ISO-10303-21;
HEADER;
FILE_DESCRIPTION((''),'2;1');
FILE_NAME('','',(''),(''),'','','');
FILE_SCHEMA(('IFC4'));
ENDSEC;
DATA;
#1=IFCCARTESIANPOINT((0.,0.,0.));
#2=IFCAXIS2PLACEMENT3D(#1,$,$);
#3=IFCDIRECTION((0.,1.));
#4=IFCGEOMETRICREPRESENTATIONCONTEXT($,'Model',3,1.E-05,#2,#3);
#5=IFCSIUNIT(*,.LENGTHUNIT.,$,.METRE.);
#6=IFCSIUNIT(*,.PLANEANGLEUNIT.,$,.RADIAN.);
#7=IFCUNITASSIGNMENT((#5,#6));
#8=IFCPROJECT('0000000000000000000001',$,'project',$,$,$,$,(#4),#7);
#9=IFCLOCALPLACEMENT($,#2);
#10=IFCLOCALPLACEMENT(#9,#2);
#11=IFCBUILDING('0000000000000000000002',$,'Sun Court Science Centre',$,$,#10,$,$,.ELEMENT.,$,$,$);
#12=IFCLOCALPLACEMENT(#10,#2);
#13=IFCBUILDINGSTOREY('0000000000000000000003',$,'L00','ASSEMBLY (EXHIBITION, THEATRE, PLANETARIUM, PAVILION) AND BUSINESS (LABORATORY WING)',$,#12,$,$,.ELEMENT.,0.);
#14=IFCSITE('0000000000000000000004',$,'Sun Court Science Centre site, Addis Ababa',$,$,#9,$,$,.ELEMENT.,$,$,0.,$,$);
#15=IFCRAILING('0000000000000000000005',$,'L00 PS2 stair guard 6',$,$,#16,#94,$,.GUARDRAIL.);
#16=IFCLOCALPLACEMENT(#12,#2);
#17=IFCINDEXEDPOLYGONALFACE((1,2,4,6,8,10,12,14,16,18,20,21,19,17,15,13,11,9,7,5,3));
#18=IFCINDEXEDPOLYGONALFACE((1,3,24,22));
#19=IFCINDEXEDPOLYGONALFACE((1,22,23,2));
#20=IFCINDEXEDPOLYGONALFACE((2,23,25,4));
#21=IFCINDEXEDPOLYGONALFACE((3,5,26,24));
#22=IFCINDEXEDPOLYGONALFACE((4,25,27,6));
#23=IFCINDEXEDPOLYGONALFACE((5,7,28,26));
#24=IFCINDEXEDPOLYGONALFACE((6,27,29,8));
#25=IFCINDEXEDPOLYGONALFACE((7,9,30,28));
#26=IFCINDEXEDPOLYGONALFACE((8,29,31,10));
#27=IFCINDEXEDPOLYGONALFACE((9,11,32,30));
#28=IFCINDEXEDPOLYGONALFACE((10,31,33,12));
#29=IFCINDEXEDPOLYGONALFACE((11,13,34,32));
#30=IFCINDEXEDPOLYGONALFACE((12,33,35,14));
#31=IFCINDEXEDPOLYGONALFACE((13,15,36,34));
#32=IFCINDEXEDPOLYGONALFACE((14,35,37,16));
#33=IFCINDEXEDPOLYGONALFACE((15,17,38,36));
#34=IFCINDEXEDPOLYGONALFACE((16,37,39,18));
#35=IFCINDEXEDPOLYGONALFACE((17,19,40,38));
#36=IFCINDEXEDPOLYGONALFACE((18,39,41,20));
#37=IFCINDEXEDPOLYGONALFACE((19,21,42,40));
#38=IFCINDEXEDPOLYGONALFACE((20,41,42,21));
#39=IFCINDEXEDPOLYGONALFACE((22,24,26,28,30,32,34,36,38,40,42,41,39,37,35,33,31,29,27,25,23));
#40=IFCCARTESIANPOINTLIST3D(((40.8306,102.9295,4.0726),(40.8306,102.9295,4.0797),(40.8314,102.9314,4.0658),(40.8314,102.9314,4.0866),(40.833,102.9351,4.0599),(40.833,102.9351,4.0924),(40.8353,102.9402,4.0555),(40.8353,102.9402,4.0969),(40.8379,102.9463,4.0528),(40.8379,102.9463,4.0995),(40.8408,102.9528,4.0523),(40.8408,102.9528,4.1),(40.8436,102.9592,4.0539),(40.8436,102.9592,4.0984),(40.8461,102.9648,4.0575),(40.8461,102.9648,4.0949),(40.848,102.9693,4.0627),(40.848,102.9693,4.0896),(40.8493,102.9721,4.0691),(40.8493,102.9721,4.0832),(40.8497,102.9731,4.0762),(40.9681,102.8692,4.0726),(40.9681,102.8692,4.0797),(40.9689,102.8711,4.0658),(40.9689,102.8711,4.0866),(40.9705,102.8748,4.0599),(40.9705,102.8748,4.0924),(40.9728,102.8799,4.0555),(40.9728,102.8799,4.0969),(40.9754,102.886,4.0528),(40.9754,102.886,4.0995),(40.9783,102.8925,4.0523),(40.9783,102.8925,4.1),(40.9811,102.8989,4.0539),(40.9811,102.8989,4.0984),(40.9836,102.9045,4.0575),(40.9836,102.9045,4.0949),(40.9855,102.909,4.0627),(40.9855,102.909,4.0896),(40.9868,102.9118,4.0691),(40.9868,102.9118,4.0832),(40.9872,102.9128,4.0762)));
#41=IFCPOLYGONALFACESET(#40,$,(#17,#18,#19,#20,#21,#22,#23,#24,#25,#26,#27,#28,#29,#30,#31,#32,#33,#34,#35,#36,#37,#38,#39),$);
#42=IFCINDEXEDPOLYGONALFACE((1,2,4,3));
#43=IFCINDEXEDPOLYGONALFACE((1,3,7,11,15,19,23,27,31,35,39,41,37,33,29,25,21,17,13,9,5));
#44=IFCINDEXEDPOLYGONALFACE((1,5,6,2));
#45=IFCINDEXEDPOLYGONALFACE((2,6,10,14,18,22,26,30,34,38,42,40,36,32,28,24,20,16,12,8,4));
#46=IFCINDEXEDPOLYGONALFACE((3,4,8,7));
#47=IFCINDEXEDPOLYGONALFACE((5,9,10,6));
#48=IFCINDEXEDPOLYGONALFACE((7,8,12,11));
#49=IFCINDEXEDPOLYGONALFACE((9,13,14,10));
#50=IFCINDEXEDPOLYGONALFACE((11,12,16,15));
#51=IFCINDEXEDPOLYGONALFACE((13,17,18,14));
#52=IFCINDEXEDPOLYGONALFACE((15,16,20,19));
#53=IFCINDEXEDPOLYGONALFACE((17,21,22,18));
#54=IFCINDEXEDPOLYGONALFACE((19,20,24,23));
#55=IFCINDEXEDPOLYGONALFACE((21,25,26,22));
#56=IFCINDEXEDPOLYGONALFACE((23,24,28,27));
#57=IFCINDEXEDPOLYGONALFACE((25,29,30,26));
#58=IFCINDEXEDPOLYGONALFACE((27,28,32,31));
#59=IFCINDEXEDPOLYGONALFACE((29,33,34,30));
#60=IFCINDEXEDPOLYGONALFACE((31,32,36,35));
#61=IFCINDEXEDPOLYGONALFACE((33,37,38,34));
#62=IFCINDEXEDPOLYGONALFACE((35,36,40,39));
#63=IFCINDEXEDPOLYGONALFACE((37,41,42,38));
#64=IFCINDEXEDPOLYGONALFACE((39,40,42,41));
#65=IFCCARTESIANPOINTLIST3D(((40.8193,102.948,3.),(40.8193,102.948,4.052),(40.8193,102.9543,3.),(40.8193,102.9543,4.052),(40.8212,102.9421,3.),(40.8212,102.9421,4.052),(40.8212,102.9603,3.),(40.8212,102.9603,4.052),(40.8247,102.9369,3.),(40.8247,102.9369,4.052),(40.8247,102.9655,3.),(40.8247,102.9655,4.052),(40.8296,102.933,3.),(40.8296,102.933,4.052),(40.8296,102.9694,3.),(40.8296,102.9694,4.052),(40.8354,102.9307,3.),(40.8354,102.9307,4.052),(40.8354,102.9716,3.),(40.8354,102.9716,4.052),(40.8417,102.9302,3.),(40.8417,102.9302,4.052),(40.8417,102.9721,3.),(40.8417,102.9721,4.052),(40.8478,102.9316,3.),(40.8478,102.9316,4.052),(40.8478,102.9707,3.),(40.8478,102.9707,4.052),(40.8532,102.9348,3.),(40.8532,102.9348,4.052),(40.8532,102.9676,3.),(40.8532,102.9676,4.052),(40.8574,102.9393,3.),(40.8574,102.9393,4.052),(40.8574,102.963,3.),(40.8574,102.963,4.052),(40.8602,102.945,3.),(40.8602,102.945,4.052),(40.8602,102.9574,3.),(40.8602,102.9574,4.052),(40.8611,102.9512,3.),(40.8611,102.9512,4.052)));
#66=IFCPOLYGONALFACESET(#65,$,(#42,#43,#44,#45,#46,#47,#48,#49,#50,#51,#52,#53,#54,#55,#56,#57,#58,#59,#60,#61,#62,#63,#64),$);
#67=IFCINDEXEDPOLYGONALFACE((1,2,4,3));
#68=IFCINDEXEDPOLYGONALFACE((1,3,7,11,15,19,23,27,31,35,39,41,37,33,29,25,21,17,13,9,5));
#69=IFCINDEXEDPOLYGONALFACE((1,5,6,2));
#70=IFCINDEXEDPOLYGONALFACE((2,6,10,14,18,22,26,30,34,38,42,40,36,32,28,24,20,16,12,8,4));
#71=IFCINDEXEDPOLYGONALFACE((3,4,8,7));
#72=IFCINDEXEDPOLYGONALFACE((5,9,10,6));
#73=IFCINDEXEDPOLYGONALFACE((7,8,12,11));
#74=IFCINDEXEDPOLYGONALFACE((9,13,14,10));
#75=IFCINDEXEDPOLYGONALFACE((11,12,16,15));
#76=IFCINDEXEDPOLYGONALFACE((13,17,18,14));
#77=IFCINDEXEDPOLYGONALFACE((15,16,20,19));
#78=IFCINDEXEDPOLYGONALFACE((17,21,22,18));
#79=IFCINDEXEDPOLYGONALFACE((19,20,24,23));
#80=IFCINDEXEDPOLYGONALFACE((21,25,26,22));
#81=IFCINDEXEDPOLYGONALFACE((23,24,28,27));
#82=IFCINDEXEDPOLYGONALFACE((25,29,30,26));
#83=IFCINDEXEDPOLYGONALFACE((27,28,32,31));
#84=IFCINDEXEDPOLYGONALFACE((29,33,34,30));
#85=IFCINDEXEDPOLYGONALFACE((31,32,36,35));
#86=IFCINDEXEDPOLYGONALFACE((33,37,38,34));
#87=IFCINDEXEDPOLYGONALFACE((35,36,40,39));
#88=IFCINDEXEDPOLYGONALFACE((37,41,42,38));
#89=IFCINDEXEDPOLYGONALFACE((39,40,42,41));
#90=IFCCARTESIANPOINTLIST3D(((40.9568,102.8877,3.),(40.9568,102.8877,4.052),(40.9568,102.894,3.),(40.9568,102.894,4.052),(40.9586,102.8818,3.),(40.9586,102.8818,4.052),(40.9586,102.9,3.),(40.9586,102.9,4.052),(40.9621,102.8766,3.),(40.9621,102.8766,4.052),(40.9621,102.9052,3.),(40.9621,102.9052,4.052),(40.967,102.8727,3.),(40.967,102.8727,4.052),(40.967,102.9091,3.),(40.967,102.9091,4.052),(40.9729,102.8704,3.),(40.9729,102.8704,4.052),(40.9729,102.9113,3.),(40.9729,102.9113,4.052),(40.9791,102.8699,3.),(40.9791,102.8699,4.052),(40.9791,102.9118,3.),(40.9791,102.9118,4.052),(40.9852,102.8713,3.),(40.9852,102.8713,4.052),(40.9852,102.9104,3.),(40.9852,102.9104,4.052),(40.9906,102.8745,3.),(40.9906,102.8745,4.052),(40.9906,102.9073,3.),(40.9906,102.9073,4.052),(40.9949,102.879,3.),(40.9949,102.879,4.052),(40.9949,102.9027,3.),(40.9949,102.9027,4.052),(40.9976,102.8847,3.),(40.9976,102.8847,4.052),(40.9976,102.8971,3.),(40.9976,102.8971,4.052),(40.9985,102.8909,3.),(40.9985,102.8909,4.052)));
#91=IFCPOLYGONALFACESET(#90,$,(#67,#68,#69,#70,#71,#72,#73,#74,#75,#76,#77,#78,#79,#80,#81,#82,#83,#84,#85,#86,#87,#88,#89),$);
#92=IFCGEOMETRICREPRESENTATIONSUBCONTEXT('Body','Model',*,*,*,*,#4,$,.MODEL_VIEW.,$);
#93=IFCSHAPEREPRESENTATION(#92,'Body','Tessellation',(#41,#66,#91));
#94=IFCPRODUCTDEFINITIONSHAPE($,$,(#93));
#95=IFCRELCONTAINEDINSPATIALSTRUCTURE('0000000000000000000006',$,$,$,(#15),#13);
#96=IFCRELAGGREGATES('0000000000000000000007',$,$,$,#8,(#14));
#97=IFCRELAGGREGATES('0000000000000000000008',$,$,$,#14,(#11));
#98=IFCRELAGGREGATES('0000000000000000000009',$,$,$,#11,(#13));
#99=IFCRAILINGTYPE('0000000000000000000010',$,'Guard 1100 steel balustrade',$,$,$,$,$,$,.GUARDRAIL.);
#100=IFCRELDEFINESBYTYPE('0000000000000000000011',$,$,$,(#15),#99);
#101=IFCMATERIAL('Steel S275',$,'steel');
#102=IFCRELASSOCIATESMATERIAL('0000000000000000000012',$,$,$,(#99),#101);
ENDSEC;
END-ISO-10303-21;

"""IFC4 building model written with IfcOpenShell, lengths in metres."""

from ifc_helpers import new_model, si_unit, direction, frame, origin, origin_2d, place, context, subcontext, project, spatial, circle, extrude, material, type_object, element, save


model = new_model("IFC4")

# Units and contexts
model_context = context("Model", 3, precision=1e-05, world=origin(), true_north=direction((0.0, 1.0)))
body_context = subcontext(model_context, "Body", "Model", "MODEL_VIEW")
ifc_project = project(units=[si_unit("LENGTHUNIT", "METRE"), si_unit("PLANEANGLEUNIT", "RADIAN")], contexts=[model_context])

# Site, building, storey
site_placement = place(None, origin())
site = spatial("IfcSite", under=ifc_project, at=site_placement, Name="Sun Court Science Centre site, Addis Ababa", CompositionType="ELEMENT", RefElevation=0.0)
building_placement = place(site_placement, origin())
building = spatial("IfcBuilding", under=site, at=building_placement, Name="Sun Court Science Centre", CompositionType="ELEMENT")
storey_placement = place(building_placement, origin())
storey = spatial("IfcBuildingStorey", under=building, at=storey_placement, Name="L00", Description="ASSEMBLY (EXHIBITION, THEATRE, PLANETARIUM, PAVILION) AND BUSINESS (LABORATORY WING)", CompositionType="ELEMENT", Elevation=0.0)

# Railing
ifc_material_1 = material(Name="Steel S275", Category="steel")
railing_type_1 = type_object("IfcRailingType", Name="Guard 1100 steel balustrade", PredefinedType="GUARDRAIL", material=ifc_material_1)
railing_1_placement = place(storey_placement, frame((40.8401, 102.9512, 3.0)))
element("IfcRailing", 1, at=railing_1_placement, inside=storey, type_object=railing_type_1, Name="L00 PS2 stair guard 6", PredefinedType="GUARDRAIL", context=body_context, shape_type="SweptSolid", body=[
    extrude(circle(Radius=0.0239, at=origin_2d()), frame((0.0, 0.0, 1.0762), z_axis=(0.915746, -0.401757, 0.0), x_axis=(0.401757, 0.915746, 0.0)), (0.0, 0.0, 1.0), 0.1501),
    extrude(circle(Radius=0.021, at=origin_2d()), origin(), (0.0, 0.0, 1.0), 1.052),
    extrude(circle(Radius=0.021, at=origin_2d()), frame((0.1375, -0.0603, 0.0)), (0.0, 0.0, 1.0), 1.052),
])

save(model, "model.ifc")
